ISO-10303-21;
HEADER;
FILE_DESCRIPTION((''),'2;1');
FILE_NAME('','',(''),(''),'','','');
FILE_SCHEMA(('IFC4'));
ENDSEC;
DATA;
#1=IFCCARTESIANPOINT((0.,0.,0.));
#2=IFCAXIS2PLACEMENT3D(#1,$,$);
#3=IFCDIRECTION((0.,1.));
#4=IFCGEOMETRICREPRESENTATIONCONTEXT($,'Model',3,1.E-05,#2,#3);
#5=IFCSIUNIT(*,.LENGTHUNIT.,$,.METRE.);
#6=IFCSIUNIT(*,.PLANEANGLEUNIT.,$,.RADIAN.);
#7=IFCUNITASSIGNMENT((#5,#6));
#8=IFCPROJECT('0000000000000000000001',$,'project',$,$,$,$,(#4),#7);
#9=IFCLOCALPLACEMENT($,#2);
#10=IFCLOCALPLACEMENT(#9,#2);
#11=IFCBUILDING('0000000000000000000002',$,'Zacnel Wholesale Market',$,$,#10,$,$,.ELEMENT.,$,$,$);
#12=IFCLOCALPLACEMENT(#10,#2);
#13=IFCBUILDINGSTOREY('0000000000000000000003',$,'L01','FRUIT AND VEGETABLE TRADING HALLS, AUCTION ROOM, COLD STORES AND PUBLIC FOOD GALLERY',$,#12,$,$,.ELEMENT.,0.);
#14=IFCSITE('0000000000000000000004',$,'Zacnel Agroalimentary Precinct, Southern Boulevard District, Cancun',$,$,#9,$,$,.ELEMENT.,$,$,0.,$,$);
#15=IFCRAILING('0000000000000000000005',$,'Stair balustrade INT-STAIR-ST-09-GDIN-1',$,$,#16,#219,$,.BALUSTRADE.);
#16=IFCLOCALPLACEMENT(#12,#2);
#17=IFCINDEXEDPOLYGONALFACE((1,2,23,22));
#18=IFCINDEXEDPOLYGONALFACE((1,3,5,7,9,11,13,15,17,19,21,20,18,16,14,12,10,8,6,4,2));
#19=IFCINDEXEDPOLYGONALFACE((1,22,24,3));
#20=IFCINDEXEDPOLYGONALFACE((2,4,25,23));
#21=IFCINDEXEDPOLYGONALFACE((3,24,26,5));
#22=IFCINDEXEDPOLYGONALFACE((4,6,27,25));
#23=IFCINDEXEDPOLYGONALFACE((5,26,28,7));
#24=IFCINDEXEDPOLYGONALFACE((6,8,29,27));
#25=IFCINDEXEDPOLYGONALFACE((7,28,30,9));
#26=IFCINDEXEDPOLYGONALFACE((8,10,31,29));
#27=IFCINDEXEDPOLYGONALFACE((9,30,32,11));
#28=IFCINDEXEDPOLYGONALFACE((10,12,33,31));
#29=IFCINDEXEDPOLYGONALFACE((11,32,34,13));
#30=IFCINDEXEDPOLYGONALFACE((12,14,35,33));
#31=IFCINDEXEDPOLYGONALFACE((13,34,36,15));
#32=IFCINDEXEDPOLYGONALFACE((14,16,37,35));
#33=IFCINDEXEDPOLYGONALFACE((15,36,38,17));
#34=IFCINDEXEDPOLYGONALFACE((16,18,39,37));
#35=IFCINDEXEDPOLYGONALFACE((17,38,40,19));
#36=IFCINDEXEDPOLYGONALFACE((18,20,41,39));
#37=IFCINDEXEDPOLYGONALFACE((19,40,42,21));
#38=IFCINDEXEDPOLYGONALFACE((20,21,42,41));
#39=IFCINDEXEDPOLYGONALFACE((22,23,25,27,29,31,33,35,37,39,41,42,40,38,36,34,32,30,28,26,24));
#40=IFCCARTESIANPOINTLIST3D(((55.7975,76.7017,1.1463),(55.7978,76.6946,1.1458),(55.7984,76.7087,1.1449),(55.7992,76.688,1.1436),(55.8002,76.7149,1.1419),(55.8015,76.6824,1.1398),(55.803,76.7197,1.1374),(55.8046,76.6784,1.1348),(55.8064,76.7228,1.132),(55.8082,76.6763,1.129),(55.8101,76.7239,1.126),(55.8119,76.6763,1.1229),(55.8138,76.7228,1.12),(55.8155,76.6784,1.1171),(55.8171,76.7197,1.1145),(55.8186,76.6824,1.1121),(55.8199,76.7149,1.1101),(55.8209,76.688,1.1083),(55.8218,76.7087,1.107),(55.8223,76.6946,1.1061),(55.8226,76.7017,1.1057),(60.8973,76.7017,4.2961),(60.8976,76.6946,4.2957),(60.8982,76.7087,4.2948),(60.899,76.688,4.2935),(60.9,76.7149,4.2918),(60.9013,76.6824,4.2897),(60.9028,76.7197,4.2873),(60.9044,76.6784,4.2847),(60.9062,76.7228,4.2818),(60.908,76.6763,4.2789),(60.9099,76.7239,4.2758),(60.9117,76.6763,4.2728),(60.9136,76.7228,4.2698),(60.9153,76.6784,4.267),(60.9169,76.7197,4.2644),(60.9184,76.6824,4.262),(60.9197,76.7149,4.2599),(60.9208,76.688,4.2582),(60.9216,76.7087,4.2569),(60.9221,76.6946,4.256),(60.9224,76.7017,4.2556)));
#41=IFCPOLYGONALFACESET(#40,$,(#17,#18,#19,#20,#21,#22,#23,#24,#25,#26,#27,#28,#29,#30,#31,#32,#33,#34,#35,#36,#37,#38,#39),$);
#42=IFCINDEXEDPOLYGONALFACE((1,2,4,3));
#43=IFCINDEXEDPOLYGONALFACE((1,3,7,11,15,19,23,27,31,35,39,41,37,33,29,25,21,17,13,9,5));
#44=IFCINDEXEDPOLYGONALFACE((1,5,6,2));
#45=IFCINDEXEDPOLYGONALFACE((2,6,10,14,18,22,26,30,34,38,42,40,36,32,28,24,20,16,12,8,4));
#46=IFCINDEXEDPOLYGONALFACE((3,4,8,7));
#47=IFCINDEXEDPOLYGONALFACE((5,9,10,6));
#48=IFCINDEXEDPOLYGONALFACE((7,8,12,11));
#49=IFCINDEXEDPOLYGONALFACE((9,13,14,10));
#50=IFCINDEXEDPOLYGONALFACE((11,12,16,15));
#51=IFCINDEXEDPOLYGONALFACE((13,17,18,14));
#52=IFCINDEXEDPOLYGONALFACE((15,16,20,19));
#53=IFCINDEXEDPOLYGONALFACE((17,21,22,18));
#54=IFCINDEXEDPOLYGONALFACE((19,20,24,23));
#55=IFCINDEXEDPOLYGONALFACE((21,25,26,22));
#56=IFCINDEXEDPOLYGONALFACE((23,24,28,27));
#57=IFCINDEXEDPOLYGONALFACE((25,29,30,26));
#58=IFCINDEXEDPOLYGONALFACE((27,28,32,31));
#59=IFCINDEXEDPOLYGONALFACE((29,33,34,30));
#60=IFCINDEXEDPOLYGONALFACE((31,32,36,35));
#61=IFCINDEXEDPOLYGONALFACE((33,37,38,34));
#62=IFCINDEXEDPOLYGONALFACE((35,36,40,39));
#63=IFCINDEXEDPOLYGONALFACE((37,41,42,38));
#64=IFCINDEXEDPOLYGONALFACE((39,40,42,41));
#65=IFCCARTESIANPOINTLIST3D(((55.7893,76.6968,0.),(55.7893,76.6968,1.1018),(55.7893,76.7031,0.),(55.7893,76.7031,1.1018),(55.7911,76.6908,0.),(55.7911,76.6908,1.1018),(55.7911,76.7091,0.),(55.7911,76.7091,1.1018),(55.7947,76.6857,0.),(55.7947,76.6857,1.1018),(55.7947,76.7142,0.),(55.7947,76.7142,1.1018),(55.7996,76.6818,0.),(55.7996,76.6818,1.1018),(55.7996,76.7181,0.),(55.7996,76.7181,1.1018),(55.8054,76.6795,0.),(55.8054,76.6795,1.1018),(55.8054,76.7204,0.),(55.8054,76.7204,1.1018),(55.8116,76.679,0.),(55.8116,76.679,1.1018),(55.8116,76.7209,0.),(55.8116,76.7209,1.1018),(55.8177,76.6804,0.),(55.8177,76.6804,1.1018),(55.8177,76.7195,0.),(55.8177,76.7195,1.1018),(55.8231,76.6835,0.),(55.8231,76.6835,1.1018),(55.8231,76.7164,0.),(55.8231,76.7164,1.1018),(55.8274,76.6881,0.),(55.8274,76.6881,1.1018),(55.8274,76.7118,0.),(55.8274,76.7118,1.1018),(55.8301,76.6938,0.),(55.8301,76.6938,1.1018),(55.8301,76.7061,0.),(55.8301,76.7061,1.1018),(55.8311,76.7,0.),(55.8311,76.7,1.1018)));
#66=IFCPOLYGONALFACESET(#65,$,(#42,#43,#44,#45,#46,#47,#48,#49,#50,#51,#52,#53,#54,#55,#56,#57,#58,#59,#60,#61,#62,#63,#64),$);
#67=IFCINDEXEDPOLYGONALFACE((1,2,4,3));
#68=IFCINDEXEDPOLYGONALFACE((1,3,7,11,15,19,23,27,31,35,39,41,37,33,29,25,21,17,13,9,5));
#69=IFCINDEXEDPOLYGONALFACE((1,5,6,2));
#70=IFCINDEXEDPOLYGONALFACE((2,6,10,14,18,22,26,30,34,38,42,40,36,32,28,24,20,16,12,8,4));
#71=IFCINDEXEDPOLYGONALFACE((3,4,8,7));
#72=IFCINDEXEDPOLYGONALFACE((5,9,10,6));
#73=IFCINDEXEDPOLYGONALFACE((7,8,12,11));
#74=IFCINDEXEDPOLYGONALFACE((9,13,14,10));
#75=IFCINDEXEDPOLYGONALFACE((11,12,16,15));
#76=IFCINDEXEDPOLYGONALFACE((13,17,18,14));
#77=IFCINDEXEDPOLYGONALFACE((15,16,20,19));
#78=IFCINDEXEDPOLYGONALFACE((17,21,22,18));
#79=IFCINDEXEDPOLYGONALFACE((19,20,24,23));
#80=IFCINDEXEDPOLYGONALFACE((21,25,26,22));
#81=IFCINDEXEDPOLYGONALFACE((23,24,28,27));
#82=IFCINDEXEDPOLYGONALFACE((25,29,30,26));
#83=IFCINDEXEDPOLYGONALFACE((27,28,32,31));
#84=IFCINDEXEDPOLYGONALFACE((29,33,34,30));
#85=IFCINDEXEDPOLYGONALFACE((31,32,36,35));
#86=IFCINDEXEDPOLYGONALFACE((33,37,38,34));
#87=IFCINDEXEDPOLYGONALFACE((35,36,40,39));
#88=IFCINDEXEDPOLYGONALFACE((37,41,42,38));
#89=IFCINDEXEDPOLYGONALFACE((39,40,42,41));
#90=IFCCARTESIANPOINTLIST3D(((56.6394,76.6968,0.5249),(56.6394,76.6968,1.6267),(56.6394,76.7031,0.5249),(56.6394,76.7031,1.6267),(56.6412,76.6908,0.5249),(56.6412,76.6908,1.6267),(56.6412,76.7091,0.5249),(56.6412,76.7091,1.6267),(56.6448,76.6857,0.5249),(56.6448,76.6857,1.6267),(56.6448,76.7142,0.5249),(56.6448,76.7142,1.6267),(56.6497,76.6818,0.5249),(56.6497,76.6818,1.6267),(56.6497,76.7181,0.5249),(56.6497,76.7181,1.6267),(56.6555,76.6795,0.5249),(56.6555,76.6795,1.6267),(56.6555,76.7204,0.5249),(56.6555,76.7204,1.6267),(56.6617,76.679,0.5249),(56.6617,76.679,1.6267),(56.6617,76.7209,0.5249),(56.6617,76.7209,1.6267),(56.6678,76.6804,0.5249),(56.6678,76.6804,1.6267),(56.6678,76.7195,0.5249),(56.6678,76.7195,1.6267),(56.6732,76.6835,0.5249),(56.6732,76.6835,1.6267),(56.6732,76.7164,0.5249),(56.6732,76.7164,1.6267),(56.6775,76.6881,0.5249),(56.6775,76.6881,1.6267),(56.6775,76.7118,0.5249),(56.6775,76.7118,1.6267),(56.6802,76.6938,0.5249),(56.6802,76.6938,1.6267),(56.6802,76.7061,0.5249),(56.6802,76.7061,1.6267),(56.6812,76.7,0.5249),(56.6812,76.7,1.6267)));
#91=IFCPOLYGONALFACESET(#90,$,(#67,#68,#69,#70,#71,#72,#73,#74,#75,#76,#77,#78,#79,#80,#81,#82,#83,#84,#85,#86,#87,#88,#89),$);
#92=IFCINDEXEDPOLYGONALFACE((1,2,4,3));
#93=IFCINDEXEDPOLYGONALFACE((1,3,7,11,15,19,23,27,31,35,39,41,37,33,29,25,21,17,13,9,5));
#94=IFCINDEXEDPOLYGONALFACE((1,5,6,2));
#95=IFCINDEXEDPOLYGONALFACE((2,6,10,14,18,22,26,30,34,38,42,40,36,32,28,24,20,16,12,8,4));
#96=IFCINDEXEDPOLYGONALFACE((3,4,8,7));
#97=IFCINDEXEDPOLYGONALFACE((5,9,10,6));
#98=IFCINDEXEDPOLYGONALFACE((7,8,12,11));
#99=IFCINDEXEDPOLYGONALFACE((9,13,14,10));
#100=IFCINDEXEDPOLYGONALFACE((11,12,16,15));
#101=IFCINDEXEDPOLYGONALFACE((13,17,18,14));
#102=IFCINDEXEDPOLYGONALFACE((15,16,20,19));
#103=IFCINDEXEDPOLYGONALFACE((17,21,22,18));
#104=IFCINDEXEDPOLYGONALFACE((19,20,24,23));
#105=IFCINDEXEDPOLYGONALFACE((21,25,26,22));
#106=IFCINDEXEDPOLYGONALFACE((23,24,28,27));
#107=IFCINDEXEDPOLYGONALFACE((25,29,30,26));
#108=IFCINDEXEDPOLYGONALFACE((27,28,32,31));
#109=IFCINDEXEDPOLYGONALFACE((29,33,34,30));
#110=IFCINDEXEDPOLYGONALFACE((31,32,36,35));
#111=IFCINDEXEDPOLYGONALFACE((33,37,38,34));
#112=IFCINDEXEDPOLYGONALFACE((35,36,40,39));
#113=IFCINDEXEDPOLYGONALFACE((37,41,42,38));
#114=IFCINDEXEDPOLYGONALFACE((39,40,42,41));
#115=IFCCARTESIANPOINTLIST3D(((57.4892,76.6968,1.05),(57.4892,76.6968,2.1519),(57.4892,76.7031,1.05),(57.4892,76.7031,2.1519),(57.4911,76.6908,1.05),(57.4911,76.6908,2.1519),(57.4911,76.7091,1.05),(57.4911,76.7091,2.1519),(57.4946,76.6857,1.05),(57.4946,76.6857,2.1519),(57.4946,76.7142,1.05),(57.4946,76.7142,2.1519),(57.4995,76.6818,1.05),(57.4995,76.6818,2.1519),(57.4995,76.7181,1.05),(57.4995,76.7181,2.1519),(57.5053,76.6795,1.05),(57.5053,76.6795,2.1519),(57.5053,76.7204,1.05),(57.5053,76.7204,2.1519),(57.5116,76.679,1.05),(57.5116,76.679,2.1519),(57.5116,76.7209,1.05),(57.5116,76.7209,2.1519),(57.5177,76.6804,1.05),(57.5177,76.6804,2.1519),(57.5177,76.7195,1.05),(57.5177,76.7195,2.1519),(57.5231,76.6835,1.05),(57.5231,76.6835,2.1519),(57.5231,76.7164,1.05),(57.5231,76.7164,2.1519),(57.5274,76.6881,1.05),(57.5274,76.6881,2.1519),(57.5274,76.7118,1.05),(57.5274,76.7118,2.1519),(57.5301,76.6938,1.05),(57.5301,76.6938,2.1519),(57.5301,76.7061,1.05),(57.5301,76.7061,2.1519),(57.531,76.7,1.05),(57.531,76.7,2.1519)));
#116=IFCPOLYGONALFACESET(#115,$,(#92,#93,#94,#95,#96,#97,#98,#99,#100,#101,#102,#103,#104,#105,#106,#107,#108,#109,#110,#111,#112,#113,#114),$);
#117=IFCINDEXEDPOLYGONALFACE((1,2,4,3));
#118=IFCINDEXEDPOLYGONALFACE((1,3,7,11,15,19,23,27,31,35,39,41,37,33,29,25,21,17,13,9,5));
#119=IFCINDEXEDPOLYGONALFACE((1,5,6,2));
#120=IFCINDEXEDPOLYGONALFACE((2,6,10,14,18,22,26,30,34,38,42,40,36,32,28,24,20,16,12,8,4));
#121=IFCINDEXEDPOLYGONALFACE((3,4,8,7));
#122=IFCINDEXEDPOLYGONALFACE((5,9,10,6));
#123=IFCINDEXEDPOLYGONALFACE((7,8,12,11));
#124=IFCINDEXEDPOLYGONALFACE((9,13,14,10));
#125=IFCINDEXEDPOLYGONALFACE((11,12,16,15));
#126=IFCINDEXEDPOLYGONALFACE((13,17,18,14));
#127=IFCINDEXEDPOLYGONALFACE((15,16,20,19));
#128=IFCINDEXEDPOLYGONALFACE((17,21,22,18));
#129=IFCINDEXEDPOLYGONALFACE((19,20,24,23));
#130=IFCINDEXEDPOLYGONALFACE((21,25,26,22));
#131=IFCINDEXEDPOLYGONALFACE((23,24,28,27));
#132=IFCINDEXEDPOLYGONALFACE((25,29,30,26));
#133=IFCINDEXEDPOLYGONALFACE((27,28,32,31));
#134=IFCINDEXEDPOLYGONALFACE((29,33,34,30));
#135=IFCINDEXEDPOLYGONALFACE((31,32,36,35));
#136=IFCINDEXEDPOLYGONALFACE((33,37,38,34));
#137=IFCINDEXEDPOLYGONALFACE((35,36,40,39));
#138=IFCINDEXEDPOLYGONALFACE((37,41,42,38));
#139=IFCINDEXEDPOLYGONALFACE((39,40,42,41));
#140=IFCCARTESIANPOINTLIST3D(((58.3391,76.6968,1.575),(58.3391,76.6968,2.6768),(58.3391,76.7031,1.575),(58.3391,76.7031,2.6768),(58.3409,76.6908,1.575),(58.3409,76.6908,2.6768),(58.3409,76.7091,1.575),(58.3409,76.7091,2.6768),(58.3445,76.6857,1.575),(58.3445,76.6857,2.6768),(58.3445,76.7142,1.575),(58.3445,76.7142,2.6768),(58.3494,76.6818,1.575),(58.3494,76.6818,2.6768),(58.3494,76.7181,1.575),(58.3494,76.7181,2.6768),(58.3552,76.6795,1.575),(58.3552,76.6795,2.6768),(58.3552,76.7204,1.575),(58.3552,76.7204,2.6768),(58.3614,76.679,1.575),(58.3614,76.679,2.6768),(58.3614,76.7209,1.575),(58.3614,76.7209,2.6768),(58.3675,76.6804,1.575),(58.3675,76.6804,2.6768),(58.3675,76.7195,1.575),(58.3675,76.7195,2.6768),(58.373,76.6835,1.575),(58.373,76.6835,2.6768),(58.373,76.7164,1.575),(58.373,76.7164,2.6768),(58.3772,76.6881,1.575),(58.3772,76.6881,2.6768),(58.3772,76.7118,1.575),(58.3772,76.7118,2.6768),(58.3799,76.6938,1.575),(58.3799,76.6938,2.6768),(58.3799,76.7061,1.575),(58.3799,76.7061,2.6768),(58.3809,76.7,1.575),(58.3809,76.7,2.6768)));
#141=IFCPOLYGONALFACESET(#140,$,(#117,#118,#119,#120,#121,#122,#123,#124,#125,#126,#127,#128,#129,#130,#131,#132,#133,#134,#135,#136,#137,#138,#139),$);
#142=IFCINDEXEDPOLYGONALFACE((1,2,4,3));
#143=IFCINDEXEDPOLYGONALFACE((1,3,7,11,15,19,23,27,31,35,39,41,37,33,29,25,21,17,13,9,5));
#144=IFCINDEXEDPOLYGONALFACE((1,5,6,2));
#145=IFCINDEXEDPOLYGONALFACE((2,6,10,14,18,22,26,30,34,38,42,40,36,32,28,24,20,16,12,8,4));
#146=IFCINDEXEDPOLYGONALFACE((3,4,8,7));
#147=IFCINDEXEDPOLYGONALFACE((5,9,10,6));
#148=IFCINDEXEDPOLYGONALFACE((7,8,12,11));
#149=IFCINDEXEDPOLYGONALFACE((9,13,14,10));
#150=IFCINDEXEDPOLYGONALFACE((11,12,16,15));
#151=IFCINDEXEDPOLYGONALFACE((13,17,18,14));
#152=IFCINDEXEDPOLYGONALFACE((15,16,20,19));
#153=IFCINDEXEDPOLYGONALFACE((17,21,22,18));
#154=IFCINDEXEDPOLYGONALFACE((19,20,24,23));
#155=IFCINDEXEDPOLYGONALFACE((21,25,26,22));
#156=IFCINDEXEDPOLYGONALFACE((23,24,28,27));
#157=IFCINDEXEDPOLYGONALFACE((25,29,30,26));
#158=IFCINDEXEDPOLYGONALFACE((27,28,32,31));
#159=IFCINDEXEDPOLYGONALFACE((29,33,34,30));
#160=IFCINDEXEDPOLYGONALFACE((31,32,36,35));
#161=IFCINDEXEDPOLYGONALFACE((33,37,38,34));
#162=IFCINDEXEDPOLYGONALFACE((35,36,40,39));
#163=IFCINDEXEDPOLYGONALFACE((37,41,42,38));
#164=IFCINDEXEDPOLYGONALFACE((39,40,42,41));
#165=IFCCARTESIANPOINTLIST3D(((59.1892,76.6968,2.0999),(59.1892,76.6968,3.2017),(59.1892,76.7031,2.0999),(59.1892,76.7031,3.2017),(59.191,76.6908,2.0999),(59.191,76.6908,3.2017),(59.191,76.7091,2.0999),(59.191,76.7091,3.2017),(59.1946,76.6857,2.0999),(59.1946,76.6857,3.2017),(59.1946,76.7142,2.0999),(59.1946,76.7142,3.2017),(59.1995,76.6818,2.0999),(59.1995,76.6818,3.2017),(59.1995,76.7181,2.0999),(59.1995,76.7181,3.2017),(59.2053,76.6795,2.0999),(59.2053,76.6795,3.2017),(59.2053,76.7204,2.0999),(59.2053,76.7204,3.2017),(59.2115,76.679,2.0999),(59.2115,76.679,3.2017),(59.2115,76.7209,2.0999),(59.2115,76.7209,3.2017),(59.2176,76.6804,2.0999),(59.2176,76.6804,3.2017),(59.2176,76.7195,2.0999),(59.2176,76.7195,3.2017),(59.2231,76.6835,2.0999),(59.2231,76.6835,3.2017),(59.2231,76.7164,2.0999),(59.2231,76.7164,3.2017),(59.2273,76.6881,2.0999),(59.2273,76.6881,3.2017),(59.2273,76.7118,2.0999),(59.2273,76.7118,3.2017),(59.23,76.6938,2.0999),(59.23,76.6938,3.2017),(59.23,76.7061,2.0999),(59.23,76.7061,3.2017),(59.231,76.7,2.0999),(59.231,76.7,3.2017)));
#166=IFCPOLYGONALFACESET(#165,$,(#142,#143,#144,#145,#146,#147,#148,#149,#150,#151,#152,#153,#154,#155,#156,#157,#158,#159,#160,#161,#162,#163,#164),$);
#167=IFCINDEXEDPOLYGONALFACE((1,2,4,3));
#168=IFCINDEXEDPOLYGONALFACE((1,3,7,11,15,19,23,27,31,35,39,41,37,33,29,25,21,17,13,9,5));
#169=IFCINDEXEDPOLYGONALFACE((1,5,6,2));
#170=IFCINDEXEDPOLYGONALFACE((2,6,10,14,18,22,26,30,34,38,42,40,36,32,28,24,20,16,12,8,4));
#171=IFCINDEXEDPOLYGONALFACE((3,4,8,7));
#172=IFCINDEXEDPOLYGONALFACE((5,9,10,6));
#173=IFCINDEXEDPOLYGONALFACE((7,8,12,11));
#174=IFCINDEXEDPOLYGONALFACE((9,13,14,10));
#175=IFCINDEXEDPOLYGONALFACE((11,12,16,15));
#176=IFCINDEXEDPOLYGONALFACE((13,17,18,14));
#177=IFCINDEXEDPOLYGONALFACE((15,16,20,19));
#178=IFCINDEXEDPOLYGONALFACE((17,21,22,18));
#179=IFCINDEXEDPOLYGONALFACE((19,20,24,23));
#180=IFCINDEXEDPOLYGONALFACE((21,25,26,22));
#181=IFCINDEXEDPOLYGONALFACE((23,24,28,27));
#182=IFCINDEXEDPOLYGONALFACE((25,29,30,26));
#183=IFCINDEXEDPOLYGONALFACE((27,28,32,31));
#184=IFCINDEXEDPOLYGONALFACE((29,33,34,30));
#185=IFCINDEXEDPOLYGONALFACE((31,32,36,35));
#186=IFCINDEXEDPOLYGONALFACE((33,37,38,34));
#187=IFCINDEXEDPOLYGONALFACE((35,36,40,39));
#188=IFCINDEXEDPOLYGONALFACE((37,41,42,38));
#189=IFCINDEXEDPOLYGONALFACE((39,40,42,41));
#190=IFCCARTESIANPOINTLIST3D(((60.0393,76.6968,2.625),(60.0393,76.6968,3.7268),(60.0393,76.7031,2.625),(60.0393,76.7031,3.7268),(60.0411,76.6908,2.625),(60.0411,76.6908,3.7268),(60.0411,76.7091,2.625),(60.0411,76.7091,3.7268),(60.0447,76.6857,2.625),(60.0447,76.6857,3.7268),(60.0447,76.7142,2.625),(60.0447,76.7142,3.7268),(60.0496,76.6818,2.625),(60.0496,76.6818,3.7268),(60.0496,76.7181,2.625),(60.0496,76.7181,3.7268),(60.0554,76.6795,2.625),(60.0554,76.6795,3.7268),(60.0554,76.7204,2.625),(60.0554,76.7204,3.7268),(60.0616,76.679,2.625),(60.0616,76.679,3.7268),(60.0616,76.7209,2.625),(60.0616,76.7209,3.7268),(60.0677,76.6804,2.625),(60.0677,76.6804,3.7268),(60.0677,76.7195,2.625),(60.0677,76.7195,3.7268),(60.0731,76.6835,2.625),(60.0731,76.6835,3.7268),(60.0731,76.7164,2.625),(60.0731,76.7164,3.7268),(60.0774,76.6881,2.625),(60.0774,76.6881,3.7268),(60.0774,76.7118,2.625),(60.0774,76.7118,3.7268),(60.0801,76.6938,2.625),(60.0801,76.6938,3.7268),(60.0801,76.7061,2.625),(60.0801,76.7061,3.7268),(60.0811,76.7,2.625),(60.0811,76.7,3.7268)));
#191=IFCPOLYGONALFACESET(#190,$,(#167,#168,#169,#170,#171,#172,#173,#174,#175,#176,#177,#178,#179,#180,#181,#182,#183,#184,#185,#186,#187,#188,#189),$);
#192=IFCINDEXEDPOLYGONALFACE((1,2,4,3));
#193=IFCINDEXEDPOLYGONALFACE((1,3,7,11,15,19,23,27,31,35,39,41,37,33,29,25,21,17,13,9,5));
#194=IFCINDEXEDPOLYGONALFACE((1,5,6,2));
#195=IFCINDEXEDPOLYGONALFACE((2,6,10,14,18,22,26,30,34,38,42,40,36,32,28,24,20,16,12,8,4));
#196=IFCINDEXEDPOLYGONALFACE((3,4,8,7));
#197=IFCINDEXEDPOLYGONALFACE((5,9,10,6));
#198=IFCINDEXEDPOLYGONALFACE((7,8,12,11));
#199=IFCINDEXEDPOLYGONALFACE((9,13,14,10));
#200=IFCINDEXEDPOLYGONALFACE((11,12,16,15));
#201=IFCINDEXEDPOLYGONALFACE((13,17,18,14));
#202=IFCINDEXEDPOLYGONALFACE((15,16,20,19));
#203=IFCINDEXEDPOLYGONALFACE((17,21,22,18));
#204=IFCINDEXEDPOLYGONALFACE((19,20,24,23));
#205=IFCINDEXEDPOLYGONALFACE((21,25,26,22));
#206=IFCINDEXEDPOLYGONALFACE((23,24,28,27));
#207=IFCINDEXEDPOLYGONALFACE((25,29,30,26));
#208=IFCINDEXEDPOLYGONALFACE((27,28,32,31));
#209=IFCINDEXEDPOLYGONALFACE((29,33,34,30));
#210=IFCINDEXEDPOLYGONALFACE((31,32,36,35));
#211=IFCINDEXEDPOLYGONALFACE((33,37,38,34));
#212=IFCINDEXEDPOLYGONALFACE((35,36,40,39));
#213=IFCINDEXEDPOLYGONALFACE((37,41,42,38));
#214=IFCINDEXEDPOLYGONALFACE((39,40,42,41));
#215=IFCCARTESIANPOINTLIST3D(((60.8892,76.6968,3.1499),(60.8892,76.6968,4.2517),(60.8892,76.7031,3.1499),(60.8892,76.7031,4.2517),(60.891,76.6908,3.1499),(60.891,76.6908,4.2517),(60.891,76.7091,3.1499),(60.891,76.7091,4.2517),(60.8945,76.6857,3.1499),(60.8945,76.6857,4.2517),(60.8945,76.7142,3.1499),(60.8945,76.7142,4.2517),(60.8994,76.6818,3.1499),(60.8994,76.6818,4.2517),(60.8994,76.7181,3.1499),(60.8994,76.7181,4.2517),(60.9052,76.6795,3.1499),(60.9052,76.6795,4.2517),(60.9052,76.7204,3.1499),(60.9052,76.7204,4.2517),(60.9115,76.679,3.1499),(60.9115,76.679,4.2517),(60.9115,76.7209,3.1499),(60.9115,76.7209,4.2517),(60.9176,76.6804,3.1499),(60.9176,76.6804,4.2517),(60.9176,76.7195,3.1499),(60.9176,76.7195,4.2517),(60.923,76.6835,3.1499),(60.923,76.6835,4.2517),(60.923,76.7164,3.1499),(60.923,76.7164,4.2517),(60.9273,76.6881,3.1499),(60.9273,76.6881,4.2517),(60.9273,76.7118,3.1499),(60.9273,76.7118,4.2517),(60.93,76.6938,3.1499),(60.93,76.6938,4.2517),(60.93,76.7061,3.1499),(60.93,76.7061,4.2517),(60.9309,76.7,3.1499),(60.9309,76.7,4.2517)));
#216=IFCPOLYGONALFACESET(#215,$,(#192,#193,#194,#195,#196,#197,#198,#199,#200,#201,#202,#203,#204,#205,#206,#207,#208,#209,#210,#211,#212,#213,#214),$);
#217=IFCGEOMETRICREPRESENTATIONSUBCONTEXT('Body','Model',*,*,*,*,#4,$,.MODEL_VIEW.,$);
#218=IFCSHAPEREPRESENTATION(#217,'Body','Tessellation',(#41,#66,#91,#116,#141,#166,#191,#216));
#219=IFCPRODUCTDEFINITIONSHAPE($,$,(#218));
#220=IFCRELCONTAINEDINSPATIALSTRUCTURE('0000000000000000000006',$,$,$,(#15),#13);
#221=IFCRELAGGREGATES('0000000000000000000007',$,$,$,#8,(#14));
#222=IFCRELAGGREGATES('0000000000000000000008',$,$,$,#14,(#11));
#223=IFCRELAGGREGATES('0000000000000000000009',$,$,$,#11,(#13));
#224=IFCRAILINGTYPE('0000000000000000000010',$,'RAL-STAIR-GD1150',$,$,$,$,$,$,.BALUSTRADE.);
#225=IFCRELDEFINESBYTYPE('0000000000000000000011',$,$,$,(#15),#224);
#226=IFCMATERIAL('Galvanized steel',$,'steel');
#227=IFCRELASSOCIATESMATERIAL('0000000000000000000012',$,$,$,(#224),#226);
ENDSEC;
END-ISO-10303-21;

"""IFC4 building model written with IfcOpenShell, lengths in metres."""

from ifc_helpers import new_model, si_unit, direction, frame, origin, origin_2d, place, context, subcontext, project, spatial, circle, extrude, material, type_object, element, save


model = new_model("IFC4")

# Units and contexts
model_context = context("Model", 3, precision=1e-05, world=origin(), true_north=direction((0.0, 1.0)))
body_context = subcontext(model_context, "Body", "Model", "MODEL_VIEW")
ifc_project = project(units=[si_unit("LENGTHUNIT", "METRE"), si_unit("PLANEANGLEUNIT", "RADIAN")], contexts=[model_context])

# Site, building, storey
site_placement = place(None, origin())
site = spatial("IfcSite", under=ifc_project, at=site_placement, Name="Zacnel Agroalimentary Precinct, Southern Boulevard District, Cancun", CompositionType="ELEMENT", RefElevation=0.0)
building_placement = place(site_placement, origin())
building = spatial("IfcBuilding", under=site, at=building_placement, Name="Zacnel Wholesale Market", CompositionType="ELEMENT")
storey_placement = place(building_placement, origin())
storey = spatial("IfcBuildingStorey", under=building, at=storey_placement, Name="L01", Description="FRUIT AND VEGETABLE TRADING HALLS, AUCTION ROOM, COLD STORES AND PUBLIC FOOD GALLERY", CompositionType="ELEMENT", Elevation=0.0)

# Railing
ifc_material_1 = material(Name="Galvanized steel", Category="steel")
railing_type_1 = type_object("IfcRailingType", Name="RAL-STAIR-GD1150", PredefinedType="BALUSTRADE", material=ifc_material_1)
railing_1_placement = place(storey_placement, frame((55.8101, 76.7, 0.0)))
element("IfcRailing", 1, at=railing_1_placement, inside=storey, type_object=railing_type_1, Name="Stair balustrade INT-STAIR-ST-09-GDIN-1", PredefinedType="BALUSTRADE", context=body_context, shape_type="SweptSolid", body=[
    extrude(circle(Radius=0.0239, at=origin_2d()), frame((0.0, 0.0, 1.126), z_axis=(0.850799, 0.0, 0.525492), x_axis=(0.0, 1.0, 0.0)), (0.0, 0.0, 1.0), 5.9941),
    extrude(circle(Radius=0.021, at=origin_2d()), origin(), (0.0, 0.0, 1.0), 1.1018),
    extrude(circle(Radius=0.021, at=origin_2d()), frame((0.8501, 0.0, 0.5249)), (0.0, 0.0, 1.0), 1.1018),
    extrude(circle(Radius=0.021, at=origin_2d()), frame((1.7, 0.0, 1.05)), (0.0, 0.0, 1.0), 1.1018),
    extrude(circle(Radius=0.021, at=origin_2d()), frame((2.5498, 0.0, 1.575)), (0.0, 0.0, 1.0), 1.1018),
    extrude(circle(Radius=0.021, at=origin_2d()), frame((3.3999, 0.0, 2.0999)), (0.0, 0.0, 1.0), 1.1018),
    extrude(circle(Radius=0.021, at=origin_2d()), frame((4.25, 0.0, 2.625)), (0.0, 0.0, 1.0), 1.1018),
    extrude(circle(Radius=0.021, at=origin_2d()), frame((5.0999, 0.0, 3.1499)), (0.0, 0.0, 1.0), 1.1018),
])

save(model, "model.ifc")
